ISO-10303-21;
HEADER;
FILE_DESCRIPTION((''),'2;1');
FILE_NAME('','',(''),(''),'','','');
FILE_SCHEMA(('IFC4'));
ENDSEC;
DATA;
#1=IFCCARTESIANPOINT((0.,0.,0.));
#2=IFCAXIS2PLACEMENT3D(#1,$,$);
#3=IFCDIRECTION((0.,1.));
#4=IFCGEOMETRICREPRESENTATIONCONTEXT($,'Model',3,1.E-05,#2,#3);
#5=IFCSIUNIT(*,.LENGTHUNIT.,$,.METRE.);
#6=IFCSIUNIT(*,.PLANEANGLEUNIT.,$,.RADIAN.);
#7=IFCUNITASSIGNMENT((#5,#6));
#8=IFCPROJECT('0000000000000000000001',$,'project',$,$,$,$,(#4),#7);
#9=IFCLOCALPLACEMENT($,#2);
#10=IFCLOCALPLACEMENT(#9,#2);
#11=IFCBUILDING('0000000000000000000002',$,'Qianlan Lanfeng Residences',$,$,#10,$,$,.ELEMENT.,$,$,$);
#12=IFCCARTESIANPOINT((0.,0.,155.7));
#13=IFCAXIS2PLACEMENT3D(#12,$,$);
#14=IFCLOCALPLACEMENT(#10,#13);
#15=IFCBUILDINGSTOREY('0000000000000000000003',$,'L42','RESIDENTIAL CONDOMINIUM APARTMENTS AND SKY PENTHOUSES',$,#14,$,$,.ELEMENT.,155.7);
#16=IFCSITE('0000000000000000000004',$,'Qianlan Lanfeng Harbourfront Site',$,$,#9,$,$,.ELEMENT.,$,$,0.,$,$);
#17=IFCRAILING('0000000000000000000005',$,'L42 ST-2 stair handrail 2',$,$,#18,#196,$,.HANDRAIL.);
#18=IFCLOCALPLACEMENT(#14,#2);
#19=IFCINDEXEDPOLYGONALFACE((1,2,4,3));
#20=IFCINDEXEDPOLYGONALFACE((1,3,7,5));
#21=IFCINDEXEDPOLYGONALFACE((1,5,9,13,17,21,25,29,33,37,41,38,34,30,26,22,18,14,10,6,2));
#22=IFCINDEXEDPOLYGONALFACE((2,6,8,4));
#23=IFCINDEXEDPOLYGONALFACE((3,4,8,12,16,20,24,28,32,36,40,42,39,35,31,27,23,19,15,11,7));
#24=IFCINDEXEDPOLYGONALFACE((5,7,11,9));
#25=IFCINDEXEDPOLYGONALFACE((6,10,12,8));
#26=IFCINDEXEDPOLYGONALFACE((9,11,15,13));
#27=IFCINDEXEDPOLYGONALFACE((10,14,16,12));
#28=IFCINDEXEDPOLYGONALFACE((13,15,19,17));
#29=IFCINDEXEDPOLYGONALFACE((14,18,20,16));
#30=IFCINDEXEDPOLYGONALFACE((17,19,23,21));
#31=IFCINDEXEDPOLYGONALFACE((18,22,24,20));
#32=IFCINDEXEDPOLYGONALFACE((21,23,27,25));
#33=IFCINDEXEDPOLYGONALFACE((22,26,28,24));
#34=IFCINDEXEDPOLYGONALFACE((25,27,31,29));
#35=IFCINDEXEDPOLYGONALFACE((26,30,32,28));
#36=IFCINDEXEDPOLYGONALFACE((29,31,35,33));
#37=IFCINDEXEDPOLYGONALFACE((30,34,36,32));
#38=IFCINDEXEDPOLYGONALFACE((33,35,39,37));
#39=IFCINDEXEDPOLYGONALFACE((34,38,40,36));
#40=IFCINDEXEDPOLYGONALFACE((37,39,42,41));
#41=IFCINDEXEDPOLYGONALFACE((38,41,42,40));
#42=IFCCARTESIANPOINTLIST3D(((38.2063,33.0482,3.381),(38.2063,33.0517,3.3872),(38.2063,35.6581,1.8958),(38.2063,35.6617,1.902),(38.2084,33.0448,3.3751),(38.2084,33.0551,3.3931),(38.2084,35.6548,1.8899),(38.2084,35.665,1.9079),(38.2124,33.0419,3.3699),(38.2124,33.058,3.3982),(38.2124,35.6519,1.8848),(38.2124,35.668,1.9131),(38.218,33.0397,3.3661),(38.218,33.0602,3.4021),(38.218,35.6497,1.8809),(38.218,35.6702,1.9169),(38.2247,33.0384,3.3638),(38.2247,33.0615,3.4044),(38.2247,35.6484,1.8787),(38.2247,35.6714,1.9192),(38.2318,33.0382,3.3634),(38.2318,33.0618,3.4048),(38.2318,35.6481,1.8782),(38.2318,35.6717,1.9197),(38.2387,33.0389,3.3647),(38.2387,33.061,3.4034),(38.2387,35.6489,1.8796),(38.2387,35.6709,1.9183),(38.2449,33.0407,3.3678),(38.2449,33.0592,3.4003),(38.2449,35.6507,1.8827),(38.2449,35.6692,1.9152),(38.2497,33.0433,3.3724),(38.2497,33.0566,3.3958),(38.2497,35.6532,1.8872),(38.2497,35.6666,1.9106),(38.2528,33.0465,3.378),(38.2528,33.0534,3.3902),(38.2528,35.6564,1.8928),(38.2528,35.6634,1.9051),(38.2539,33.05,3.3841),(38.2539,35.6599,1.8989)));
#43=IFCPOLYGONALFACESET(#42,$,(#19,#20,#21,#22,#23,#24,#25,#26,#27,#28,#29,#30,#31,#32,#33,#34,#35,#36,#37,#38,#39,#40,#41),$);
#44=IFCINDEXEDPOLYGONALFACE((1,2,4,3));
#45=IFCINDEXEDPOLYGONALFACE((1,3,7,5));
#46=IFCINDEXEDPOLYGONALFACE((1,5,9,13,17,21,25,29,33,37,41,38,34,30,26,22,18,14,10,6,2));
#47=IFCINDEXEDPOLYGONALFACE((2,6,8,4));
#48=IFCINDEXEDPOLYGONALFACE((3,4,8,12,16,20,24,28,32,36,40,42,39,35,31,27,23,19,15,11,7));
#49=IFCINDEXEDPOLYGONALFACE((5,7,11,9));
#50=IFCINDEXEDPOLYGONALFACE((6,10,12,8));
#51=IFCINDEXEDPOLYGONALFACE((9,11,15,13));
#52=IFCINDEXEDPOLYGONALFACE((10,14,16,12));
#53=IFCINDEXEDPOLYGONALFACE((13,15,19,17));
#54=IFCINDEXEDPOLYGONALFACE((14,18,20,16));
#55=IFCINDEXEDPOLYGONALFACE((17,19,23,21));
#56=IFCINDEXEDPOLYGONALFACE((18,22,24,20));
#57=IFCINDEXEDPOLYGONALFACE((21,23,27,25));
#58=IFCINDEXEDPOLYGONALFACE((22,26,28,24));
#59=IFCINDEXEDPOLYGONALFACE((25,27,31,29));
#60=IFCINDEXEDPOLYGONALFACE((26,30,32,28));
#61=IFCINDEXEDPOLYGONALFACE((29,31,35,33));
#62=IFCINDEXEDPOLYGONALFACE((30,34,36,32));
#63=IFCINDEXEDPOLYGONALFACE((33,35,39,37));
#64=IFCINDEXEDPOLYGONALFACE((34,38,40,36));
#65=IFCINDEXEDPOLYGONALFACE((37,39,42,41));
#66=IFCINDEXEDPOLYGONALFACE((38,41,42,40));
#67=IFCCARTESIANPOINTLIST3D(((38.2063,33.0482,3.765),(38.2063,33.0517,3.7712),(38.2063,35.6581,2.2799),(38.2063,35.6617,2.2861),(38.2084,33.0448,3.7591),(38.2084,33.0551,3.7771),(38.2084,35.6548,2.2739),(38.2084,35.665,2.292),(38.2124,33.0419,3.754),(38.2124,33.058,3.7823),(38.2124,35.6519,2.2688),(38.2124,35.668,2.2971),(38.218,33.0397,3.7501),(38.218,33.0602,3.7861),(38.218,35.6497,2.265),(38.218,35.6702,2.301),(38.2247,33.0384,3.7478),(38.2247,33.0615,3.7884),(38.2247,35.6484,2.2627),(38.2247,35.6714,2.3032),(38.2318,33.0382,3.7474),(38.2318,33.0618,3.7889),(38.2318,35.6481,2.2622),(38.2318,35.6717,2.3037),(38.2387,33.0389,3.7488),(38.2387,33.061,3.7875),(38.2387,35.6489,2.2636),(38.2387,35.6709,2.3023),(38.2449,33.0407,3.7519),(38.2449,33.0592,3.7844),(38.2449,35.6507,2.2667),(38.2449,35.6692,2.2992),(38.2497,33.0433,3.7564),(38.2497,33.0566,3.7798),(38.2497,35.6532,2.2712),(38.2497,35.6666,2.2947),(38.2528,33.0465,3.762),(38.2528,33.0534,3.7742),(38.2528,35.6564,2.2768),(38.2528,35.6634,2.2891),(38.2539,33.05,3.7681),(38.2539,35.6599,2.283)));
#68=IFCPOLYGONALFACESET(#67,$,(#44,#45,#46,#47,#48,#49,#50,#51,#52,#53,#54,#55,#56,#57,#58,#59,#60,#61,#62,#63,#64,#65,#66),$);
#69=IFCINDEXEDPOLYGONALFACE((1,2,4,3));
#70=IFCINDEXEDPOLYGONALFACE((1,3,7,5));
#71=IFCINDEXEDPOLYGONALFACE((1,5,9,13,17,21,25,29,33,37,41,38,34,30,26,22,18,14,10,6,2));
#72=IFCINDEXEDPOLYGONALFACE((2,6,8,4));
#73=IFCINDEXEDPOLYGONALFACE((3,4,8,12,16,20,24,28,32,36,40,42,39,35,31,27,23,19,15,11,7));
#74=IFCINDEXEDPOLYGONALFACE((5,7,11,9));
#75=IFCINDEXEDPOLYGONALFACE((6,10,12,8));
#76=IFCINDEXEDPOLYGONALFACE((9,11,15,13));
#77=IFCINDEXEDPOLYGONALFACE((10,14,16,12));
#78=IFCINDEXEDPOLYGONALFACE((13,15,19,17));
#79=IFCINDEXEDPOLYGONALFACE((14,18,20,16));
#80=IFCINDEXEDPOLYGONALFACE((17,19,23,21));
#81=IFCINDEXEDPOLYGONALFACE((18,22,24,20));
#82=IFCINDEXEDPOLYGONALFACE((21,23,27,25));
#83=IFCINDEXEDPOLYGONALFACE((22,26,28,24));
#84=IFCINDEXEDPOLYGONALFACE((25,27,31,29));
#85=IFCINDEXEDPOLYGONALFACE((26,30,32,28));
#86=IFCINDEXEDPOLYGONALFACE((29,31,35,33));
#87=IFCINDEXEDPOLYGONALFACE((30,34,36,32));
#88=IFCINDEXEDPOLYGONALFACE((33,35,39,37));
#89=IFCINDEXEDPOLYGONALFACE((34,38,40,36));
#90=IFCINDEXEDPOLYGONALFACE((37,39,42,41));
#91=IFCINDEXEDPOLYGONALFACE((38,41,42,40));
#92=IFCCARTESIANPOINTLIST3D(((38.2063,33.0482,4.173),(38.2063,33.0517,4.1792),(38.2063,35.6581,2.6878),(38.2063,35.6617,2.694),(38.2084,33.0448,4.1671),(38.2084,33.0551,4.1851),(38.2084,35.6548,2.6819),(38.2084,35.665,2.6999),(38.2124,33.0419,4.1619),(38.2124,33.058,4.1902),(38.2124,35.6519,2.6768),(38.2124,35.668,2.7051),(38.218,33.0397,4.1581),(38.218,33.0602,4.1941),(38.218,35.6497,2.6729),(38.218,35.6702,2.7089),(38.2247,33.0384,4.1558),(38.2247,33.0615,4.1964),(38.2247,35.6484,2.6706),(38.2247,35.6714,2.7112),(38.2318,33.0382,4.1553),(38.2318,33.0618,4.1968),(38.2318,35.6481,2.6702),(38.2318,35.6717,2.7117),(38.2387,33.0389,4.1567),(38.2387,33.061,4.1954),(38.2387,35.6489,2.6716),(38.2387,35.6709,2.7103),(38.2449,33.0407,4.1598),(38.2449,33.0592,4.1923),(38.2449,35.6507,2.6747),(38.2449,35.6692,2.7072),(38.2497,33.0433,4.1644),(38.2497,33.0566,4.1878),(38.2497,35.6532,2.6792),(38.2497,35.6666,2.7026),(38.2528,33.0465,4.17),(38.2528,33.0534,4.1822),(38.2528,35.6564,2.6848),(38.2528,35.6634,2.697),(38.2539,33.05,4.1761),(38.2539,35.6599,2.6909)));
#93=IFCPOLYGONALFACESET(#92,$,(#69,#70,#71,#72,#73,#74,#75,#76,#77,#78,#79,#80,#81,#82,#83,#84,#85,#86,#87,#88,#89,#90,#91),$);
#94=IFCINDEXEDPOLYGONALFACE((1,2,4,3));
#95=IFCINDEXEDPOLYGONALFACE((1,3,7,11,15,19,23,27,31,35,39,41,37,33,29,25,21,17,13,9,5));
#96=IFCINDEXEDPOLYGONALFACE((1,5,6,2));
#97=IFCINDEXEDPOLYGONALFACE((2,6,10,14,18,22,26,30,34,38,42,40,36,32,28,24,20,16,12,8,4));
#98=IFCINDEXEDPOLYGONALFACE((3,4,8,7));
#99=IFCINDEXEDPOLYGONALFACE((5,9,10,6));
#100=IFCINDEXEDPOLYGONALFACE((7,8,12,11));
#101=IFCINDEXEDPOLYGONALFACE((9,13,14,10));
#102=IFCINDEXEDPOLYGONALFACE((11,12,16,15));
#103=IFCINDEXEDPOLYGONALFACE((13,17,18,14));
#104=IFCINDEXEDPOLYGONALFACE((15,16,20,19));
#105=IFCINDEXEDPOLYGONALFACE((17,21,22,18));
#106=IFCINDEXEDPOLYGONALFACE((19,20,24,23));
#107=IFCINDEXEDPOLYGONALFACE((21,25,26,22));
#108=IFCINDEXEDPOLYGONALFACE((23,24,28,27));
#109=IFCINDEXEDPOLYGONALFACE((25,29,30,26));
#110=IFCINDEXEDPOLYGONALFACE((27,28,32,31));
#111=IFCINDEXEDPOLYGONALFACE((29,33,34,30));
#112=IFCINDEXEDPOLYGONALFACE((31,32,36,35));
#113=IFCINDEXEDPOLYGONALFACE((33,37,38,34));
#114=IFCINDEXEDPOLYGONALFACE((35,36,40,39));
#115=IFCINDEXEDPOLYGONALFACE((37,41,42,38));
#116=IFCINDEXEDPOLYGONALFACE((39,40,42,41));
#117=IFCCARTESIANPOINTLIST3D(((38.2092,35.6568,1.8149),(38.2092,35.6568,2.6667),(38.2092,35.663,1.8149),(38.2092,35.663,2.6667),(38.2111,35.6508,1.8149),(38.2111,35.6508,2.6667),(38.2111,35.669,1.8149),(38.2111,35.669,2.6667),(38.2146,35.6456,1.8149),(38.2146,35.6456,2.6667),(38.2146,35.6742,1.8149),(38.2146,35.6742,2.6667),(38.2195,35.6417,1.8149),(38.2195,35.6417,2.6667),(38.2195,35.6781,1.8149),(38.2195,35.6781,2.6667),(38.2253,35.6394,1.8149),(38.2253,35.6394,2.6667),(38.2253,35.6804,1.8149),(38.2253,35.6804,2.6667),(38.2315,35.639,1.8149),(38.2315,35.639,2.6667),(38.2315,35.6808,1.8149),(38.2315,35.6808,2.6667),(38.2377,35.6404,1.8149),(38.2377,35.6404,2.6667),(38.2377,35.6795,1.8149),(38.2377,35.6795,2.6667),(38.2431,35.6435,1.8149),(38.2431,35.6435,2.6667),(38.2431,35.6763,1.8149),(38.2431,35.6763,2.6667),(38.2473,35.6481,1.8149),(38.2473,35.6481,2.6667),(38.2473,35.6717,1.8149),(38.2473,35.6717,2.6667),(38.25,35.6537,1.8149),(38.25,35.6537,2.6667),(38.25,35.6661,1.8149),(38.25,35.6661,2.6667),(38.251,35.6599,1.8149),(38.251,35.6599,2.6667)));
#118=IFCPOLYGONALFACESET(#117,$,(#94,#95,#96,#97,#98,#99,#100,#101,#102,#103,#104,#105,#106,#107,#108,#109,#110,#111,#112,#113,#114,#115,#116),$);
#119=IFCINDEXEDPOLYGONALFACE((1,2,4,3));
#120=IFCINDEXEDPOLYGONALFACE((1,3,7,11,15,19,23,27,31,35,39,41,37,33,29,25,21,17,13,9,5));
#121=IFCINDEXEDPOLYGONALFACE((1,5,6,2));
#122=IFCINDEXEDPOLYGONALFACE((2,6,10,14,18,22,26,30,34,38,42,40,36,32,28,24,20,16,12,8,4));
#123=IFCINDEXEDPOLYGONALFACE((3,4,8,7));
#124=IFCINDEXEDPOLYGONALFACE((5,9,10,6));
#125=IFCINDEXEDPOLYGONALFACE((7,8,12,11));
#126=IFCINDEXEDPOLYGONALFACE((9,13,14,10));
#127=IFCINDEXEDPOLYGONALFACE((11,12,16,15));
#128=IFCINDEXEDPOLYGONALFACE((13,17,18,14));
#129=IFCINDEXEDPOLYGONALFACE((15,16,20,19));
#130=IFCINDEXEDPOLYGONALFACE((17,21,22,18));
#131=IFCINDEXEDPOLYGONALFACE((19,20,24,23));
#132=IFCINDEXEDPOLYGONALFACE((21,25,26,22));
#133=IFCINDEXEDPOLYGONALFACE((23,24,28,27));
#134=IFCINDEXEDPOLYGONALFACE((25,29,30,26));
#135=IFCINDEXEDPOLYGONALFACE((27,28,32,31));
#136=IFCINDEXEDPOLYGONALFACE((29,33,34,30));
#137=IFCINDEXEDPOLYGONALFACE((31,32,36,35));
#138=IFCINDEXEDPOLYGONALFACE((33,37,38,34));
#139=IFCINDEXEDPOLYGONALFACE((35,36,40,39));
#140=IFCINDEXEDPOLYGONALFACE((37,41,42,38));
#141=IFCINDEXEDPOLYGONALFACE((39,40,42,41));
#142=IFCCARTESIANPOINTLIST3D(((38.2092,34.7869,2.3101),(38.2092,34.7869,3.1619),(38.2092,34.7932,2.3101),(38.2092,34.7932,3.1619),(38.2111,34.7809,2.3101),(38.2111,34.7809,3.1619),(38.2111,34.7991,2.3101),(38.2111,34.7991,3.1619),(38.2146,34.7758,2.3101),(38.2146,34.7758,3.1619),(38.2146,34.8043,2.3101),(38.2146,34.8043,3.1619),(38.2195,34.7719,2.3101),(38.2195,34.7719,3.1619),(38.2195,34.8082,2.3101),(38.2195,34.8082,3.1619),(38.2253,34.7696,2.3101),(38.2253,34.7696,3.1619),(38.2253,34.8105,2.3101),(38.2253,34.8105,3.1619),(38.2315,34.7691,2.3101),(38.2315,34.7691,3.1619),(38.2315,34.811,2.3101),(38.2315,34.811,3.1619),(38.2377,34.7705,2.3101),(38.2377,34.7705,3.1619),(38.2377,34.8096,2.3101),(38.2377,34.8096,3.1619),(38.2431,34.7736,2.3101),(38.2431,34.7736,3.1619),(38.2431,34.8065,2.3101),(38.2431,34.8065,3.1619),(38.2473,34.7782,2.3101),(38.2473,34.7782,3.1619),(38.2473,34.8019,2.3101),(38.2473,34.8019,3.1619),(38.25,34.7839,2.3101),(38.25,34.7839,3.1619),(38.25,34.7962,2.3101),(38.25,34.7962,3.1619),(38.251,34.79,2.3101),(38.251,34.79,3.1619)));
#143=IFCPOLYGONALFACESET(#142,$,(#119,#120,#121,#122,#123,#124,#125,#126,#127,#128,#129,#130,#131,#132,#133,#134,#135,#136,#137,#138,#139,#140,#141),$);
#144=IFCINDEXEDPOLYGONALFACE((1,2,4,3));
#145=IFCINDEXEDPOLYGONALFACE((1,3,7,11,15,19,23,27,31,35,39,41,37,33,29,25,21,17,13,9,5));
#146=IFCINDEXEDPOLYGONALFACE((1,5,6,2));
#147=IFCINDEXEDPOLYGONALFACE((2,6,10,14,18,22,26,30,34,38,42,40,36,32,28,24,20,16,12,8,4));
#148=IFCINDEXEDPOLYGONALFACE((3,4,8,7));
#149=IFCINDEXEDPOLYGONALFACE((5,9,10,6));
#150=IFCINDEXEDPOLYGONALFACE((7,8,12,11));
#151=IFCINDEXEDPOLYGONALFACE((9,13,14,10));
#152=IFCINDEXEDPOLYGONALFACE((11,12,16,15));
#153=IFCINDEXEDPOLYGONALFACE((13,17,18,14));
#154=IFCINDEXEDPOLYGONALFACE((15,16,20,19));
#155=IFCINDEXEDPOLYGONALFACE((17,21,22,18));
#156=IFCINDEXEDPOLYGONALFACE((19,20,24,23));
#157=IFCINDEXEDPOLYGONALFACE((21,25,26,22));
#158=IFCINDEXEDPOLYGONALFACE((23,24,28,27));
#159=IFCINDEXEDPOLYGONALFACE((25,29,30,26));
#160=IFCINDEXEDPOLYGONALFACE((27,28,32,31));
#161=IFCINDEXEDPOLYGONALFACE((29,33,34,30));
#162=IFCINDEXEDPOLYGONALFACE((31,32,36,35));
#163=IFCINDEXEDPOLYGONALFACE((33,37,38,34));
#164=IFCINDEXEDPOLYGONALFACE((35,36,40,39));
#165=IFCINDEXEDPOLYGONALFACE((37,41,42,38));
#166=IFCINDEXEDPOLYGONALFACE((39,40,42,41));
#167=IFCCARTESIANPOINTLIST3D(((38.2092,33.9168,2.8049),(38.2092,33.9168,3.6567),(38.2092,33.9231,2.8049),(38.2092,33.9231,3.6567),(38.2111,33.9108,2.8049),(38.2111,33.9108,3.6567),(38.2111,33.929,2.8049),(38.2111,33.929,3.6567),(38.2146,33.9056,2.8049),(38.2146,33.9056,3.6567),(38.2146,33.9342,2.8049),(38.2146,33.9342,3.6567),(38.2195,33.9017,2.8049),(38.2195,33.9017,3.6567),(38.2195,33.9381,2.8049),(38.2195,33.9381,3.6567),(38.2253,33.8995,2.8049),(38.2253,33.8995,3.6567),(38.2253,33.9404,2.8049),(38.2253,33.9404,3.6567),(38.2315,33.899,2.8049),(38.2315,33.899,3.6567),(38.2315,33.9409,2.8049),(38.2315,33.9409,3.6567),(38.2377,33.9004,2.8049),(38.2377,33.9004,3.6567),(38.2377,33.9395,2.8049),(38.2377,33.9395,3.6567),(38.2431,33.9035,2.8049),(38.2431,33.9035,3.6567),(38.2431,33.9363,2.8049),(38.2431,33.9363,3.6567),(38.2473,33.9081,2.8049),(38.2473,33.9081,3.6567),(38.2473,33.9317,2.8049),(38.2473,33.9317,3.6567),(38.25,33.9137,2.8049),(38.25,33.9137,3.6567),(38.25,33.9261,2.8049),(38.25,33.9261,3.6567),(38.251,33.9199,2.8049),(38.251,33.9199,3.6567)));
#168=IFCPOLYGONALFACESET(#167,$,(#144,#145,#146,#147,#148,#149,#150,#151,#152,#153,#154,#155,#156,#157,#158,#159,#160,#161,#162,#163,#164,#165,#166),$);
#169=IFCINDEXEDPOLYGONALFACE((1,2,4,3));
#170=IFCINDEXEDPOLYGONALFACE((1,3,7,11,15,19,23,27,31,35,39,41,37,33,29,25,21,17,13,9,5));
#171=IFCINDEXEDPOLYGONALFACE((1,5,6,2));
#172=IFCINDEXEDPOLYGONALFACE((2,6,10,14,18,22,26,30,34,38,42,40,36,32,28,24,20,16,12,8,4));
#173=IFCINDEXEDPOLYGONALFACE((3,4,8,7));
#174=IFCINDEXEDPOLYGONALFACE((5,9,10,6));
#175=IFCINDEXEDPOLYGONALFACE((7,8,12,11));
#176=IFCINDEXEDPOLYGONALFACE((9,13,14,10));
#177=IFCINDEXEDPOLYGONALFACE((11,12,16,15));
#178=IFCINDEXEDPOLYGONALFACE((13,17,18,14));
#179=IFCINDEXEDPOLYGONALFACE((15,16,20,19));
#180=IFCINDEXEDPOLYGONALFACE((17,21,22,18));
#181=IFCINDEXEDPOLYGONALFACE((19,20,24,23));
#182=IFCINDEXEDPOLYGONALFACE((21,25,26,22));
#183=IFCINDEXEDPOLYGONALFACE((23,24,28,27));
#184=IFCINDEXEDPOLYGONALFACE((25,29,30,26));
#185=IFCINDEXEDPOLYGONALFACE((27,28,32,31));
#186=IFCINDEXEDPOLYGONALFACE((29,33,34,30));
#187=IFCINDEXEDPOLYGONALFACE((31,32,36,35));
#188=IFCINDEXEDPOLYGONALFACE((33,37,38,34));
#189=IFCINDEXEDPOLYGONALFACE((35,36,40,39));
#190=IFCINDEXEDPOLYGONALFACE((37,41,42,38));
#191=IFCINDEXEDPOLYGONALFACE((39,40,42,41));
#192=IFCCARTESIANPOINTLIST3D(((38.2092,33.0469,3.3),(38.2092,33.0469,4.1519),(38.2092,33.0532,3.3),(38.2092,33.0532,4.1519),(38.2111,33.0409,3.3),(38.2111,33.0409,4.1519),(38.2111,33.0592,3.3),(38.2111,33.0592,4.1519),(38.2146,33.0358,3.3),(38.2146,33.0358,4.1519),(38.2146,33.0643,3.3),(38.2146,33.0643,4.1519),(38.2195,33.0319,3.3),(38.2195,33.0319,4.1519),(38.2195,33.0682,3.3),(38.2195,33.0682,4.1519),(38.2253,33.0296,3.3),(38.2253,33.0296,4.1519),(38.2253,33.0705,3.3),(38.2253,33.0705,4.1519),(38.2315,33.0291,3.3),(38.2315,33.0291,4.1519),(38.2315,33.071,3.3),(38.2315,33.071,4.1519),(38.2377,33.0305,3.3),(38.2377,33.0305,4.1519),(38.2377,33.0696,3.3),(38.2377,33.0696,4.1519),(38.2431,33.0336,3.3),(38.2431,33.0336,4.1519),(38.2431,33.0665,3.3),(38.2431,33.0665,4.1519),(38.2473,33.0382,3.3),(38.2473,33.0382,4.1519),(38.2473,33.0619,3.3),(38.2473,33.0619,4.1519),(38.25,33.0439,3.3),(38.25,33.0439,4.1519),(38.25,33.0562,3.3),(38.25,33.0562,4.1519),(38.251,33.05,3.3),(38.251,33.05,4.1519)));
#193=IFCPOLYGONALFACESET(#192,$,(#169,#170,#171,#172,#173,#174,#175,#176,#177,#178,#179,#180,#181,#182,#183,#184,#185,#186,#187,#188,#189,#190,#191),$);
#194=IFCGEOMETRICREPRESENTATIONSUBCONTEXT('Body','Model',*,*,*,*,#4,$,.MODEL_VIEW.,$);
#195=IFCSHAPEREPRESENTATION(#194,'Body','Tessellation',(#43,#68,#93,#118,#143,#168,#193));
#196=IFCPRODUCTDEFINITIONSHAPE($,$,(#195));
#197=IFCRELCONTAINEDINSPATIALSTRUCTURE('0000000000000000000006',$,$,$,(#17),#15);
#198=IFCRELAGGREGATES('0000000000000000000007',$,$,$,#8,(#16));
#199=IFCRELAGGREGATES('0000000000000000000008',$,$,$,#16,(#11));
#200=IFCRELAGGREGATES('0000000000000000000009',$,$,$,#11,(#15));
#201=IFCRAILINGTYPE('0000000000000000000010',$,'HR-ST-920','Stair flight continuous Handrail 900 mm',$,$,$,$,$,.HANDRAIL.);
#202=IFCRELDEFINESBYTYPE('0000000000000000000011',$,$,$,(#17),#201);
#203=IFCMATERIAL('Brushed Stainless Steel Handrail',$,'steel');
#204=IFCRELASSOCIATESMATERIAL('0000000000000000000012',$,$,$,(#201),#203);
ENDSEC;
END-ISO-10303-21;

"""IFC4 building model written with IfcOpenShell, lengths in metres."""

from ifc_helpers import new_model, si_unit, direction, frame, origin, origin_2d, place, context, subcontext, project, spatial, circle, extrude, material, type_object, element, save


model = new_model("IFC4")

# Units and contexts
model_context = context("Model", 3, precision=1e-05, world=origin(), true_north=direction((0.0, 1.0)))
body_context = subcontext(model_context, "Body", "Model", "MODEL_VIEW")
ifc_project = project(units=[si_unit("LENGTHUNIT", "METRE"), si_unit("PLANEANGLEUNIT", "RADIAN")], contexts=[model_context])

# Site, building, storey
site_placement = place(None, origin())
site = spatial("IfcSite", under=ifc_project, at=site_placement, Name="Qianlan Lanfeng Harbourfront Site", CompositionType="ELEMENT", RefElevation=0.0)
building_placement = place(site_placement, origin())
building = spatial("IfcBuilding", under=site, at=building_placement, Name="Qianlan Lanfeng Residences", CompositionType="ELEMENT")
storey_placement = place(building_placement, frame((0.0, 0.0, 155.7)))
storey = spatial("IfcBuildingStorey", under=building, at=storey_placement, Name="L42", Description="RESIDENTIAL CONDOMINIUM APARTMENTS AND SKY PENTHOUSES", CompositionType="ELEMENT", Elevation=155.7)

# Railing
ifc_material_1 = material(Name="Brushed Stainless Steel Handrail", Category="steel")
railing_type_1 = type_object("IfcRailingType", Name="HR-ST-920", Description="Stair flight continuous Handrail 900 mm", PredefinedType="HANDRAIL", material=ifc_material_1)
railing_1_placement = place(storey_placement, frame((38.23, 35.6599, 1.8149)))
element("IfcRailing", 1, at=railing_1_placement, inside=storey, type_object=railing_type_1, Name="L42 ST-2 stair handrail 2", PredefinedType="HANDRAIL", context=body_context, shape_type="SweptSolid", body=[
    extrude(circle(Radius=0.0239, at=origin_2d()), frame((0.0, 0.0, 0.084), z_axis=(0.0, -0.869137, 0.494571), x_axis=(1.0, 0.0, 0.0)), (0.0, 0.0, 1.0), 3.0029),
    extrude(circle(Radius=0.0239, at=origin_2d()), frame((0.0, 0.0, 0.468), z_axis=(0.0, -0.869137, 0.494571), x_axis=(1.0, 0.0, 0.0)), (0.0, 0.0, 1.0), 3.0029),
    extrude(circle(Radius=0.0239, at=origin_2d()), frame((0.0, 0.0, 0.876), z_axis=(0.0, -0.869137, 0.494571), x_axis=(1.0, 0.0, 0.0)), (0.0, 0.0, 1.0), 3.0029),
    extrude(circle(Radius=0.021, at=origin_2d()), origin(), (0.0, 0.0, 1.0), 0.8518),
    extrude(circle(Radius=0.021, at=origin_2d()), frame((0.0, -0.8699, 0.4951)), (0.0, 0.0, 1.0), 0.8518),
    extrude(circle(Radius=0.021, at=origin_2d()), frame((0.0, -1.74, 0.99)), (0.0, 0.0, 1.0), 0.8518),
    extrude(circle(Radius=0.021, at=origin_2d()), frame((0.0, -2.6099, 1.4851)), (0.0, 0.0, 1.0), 0.8518),
])

save(model, "model.ifc")
